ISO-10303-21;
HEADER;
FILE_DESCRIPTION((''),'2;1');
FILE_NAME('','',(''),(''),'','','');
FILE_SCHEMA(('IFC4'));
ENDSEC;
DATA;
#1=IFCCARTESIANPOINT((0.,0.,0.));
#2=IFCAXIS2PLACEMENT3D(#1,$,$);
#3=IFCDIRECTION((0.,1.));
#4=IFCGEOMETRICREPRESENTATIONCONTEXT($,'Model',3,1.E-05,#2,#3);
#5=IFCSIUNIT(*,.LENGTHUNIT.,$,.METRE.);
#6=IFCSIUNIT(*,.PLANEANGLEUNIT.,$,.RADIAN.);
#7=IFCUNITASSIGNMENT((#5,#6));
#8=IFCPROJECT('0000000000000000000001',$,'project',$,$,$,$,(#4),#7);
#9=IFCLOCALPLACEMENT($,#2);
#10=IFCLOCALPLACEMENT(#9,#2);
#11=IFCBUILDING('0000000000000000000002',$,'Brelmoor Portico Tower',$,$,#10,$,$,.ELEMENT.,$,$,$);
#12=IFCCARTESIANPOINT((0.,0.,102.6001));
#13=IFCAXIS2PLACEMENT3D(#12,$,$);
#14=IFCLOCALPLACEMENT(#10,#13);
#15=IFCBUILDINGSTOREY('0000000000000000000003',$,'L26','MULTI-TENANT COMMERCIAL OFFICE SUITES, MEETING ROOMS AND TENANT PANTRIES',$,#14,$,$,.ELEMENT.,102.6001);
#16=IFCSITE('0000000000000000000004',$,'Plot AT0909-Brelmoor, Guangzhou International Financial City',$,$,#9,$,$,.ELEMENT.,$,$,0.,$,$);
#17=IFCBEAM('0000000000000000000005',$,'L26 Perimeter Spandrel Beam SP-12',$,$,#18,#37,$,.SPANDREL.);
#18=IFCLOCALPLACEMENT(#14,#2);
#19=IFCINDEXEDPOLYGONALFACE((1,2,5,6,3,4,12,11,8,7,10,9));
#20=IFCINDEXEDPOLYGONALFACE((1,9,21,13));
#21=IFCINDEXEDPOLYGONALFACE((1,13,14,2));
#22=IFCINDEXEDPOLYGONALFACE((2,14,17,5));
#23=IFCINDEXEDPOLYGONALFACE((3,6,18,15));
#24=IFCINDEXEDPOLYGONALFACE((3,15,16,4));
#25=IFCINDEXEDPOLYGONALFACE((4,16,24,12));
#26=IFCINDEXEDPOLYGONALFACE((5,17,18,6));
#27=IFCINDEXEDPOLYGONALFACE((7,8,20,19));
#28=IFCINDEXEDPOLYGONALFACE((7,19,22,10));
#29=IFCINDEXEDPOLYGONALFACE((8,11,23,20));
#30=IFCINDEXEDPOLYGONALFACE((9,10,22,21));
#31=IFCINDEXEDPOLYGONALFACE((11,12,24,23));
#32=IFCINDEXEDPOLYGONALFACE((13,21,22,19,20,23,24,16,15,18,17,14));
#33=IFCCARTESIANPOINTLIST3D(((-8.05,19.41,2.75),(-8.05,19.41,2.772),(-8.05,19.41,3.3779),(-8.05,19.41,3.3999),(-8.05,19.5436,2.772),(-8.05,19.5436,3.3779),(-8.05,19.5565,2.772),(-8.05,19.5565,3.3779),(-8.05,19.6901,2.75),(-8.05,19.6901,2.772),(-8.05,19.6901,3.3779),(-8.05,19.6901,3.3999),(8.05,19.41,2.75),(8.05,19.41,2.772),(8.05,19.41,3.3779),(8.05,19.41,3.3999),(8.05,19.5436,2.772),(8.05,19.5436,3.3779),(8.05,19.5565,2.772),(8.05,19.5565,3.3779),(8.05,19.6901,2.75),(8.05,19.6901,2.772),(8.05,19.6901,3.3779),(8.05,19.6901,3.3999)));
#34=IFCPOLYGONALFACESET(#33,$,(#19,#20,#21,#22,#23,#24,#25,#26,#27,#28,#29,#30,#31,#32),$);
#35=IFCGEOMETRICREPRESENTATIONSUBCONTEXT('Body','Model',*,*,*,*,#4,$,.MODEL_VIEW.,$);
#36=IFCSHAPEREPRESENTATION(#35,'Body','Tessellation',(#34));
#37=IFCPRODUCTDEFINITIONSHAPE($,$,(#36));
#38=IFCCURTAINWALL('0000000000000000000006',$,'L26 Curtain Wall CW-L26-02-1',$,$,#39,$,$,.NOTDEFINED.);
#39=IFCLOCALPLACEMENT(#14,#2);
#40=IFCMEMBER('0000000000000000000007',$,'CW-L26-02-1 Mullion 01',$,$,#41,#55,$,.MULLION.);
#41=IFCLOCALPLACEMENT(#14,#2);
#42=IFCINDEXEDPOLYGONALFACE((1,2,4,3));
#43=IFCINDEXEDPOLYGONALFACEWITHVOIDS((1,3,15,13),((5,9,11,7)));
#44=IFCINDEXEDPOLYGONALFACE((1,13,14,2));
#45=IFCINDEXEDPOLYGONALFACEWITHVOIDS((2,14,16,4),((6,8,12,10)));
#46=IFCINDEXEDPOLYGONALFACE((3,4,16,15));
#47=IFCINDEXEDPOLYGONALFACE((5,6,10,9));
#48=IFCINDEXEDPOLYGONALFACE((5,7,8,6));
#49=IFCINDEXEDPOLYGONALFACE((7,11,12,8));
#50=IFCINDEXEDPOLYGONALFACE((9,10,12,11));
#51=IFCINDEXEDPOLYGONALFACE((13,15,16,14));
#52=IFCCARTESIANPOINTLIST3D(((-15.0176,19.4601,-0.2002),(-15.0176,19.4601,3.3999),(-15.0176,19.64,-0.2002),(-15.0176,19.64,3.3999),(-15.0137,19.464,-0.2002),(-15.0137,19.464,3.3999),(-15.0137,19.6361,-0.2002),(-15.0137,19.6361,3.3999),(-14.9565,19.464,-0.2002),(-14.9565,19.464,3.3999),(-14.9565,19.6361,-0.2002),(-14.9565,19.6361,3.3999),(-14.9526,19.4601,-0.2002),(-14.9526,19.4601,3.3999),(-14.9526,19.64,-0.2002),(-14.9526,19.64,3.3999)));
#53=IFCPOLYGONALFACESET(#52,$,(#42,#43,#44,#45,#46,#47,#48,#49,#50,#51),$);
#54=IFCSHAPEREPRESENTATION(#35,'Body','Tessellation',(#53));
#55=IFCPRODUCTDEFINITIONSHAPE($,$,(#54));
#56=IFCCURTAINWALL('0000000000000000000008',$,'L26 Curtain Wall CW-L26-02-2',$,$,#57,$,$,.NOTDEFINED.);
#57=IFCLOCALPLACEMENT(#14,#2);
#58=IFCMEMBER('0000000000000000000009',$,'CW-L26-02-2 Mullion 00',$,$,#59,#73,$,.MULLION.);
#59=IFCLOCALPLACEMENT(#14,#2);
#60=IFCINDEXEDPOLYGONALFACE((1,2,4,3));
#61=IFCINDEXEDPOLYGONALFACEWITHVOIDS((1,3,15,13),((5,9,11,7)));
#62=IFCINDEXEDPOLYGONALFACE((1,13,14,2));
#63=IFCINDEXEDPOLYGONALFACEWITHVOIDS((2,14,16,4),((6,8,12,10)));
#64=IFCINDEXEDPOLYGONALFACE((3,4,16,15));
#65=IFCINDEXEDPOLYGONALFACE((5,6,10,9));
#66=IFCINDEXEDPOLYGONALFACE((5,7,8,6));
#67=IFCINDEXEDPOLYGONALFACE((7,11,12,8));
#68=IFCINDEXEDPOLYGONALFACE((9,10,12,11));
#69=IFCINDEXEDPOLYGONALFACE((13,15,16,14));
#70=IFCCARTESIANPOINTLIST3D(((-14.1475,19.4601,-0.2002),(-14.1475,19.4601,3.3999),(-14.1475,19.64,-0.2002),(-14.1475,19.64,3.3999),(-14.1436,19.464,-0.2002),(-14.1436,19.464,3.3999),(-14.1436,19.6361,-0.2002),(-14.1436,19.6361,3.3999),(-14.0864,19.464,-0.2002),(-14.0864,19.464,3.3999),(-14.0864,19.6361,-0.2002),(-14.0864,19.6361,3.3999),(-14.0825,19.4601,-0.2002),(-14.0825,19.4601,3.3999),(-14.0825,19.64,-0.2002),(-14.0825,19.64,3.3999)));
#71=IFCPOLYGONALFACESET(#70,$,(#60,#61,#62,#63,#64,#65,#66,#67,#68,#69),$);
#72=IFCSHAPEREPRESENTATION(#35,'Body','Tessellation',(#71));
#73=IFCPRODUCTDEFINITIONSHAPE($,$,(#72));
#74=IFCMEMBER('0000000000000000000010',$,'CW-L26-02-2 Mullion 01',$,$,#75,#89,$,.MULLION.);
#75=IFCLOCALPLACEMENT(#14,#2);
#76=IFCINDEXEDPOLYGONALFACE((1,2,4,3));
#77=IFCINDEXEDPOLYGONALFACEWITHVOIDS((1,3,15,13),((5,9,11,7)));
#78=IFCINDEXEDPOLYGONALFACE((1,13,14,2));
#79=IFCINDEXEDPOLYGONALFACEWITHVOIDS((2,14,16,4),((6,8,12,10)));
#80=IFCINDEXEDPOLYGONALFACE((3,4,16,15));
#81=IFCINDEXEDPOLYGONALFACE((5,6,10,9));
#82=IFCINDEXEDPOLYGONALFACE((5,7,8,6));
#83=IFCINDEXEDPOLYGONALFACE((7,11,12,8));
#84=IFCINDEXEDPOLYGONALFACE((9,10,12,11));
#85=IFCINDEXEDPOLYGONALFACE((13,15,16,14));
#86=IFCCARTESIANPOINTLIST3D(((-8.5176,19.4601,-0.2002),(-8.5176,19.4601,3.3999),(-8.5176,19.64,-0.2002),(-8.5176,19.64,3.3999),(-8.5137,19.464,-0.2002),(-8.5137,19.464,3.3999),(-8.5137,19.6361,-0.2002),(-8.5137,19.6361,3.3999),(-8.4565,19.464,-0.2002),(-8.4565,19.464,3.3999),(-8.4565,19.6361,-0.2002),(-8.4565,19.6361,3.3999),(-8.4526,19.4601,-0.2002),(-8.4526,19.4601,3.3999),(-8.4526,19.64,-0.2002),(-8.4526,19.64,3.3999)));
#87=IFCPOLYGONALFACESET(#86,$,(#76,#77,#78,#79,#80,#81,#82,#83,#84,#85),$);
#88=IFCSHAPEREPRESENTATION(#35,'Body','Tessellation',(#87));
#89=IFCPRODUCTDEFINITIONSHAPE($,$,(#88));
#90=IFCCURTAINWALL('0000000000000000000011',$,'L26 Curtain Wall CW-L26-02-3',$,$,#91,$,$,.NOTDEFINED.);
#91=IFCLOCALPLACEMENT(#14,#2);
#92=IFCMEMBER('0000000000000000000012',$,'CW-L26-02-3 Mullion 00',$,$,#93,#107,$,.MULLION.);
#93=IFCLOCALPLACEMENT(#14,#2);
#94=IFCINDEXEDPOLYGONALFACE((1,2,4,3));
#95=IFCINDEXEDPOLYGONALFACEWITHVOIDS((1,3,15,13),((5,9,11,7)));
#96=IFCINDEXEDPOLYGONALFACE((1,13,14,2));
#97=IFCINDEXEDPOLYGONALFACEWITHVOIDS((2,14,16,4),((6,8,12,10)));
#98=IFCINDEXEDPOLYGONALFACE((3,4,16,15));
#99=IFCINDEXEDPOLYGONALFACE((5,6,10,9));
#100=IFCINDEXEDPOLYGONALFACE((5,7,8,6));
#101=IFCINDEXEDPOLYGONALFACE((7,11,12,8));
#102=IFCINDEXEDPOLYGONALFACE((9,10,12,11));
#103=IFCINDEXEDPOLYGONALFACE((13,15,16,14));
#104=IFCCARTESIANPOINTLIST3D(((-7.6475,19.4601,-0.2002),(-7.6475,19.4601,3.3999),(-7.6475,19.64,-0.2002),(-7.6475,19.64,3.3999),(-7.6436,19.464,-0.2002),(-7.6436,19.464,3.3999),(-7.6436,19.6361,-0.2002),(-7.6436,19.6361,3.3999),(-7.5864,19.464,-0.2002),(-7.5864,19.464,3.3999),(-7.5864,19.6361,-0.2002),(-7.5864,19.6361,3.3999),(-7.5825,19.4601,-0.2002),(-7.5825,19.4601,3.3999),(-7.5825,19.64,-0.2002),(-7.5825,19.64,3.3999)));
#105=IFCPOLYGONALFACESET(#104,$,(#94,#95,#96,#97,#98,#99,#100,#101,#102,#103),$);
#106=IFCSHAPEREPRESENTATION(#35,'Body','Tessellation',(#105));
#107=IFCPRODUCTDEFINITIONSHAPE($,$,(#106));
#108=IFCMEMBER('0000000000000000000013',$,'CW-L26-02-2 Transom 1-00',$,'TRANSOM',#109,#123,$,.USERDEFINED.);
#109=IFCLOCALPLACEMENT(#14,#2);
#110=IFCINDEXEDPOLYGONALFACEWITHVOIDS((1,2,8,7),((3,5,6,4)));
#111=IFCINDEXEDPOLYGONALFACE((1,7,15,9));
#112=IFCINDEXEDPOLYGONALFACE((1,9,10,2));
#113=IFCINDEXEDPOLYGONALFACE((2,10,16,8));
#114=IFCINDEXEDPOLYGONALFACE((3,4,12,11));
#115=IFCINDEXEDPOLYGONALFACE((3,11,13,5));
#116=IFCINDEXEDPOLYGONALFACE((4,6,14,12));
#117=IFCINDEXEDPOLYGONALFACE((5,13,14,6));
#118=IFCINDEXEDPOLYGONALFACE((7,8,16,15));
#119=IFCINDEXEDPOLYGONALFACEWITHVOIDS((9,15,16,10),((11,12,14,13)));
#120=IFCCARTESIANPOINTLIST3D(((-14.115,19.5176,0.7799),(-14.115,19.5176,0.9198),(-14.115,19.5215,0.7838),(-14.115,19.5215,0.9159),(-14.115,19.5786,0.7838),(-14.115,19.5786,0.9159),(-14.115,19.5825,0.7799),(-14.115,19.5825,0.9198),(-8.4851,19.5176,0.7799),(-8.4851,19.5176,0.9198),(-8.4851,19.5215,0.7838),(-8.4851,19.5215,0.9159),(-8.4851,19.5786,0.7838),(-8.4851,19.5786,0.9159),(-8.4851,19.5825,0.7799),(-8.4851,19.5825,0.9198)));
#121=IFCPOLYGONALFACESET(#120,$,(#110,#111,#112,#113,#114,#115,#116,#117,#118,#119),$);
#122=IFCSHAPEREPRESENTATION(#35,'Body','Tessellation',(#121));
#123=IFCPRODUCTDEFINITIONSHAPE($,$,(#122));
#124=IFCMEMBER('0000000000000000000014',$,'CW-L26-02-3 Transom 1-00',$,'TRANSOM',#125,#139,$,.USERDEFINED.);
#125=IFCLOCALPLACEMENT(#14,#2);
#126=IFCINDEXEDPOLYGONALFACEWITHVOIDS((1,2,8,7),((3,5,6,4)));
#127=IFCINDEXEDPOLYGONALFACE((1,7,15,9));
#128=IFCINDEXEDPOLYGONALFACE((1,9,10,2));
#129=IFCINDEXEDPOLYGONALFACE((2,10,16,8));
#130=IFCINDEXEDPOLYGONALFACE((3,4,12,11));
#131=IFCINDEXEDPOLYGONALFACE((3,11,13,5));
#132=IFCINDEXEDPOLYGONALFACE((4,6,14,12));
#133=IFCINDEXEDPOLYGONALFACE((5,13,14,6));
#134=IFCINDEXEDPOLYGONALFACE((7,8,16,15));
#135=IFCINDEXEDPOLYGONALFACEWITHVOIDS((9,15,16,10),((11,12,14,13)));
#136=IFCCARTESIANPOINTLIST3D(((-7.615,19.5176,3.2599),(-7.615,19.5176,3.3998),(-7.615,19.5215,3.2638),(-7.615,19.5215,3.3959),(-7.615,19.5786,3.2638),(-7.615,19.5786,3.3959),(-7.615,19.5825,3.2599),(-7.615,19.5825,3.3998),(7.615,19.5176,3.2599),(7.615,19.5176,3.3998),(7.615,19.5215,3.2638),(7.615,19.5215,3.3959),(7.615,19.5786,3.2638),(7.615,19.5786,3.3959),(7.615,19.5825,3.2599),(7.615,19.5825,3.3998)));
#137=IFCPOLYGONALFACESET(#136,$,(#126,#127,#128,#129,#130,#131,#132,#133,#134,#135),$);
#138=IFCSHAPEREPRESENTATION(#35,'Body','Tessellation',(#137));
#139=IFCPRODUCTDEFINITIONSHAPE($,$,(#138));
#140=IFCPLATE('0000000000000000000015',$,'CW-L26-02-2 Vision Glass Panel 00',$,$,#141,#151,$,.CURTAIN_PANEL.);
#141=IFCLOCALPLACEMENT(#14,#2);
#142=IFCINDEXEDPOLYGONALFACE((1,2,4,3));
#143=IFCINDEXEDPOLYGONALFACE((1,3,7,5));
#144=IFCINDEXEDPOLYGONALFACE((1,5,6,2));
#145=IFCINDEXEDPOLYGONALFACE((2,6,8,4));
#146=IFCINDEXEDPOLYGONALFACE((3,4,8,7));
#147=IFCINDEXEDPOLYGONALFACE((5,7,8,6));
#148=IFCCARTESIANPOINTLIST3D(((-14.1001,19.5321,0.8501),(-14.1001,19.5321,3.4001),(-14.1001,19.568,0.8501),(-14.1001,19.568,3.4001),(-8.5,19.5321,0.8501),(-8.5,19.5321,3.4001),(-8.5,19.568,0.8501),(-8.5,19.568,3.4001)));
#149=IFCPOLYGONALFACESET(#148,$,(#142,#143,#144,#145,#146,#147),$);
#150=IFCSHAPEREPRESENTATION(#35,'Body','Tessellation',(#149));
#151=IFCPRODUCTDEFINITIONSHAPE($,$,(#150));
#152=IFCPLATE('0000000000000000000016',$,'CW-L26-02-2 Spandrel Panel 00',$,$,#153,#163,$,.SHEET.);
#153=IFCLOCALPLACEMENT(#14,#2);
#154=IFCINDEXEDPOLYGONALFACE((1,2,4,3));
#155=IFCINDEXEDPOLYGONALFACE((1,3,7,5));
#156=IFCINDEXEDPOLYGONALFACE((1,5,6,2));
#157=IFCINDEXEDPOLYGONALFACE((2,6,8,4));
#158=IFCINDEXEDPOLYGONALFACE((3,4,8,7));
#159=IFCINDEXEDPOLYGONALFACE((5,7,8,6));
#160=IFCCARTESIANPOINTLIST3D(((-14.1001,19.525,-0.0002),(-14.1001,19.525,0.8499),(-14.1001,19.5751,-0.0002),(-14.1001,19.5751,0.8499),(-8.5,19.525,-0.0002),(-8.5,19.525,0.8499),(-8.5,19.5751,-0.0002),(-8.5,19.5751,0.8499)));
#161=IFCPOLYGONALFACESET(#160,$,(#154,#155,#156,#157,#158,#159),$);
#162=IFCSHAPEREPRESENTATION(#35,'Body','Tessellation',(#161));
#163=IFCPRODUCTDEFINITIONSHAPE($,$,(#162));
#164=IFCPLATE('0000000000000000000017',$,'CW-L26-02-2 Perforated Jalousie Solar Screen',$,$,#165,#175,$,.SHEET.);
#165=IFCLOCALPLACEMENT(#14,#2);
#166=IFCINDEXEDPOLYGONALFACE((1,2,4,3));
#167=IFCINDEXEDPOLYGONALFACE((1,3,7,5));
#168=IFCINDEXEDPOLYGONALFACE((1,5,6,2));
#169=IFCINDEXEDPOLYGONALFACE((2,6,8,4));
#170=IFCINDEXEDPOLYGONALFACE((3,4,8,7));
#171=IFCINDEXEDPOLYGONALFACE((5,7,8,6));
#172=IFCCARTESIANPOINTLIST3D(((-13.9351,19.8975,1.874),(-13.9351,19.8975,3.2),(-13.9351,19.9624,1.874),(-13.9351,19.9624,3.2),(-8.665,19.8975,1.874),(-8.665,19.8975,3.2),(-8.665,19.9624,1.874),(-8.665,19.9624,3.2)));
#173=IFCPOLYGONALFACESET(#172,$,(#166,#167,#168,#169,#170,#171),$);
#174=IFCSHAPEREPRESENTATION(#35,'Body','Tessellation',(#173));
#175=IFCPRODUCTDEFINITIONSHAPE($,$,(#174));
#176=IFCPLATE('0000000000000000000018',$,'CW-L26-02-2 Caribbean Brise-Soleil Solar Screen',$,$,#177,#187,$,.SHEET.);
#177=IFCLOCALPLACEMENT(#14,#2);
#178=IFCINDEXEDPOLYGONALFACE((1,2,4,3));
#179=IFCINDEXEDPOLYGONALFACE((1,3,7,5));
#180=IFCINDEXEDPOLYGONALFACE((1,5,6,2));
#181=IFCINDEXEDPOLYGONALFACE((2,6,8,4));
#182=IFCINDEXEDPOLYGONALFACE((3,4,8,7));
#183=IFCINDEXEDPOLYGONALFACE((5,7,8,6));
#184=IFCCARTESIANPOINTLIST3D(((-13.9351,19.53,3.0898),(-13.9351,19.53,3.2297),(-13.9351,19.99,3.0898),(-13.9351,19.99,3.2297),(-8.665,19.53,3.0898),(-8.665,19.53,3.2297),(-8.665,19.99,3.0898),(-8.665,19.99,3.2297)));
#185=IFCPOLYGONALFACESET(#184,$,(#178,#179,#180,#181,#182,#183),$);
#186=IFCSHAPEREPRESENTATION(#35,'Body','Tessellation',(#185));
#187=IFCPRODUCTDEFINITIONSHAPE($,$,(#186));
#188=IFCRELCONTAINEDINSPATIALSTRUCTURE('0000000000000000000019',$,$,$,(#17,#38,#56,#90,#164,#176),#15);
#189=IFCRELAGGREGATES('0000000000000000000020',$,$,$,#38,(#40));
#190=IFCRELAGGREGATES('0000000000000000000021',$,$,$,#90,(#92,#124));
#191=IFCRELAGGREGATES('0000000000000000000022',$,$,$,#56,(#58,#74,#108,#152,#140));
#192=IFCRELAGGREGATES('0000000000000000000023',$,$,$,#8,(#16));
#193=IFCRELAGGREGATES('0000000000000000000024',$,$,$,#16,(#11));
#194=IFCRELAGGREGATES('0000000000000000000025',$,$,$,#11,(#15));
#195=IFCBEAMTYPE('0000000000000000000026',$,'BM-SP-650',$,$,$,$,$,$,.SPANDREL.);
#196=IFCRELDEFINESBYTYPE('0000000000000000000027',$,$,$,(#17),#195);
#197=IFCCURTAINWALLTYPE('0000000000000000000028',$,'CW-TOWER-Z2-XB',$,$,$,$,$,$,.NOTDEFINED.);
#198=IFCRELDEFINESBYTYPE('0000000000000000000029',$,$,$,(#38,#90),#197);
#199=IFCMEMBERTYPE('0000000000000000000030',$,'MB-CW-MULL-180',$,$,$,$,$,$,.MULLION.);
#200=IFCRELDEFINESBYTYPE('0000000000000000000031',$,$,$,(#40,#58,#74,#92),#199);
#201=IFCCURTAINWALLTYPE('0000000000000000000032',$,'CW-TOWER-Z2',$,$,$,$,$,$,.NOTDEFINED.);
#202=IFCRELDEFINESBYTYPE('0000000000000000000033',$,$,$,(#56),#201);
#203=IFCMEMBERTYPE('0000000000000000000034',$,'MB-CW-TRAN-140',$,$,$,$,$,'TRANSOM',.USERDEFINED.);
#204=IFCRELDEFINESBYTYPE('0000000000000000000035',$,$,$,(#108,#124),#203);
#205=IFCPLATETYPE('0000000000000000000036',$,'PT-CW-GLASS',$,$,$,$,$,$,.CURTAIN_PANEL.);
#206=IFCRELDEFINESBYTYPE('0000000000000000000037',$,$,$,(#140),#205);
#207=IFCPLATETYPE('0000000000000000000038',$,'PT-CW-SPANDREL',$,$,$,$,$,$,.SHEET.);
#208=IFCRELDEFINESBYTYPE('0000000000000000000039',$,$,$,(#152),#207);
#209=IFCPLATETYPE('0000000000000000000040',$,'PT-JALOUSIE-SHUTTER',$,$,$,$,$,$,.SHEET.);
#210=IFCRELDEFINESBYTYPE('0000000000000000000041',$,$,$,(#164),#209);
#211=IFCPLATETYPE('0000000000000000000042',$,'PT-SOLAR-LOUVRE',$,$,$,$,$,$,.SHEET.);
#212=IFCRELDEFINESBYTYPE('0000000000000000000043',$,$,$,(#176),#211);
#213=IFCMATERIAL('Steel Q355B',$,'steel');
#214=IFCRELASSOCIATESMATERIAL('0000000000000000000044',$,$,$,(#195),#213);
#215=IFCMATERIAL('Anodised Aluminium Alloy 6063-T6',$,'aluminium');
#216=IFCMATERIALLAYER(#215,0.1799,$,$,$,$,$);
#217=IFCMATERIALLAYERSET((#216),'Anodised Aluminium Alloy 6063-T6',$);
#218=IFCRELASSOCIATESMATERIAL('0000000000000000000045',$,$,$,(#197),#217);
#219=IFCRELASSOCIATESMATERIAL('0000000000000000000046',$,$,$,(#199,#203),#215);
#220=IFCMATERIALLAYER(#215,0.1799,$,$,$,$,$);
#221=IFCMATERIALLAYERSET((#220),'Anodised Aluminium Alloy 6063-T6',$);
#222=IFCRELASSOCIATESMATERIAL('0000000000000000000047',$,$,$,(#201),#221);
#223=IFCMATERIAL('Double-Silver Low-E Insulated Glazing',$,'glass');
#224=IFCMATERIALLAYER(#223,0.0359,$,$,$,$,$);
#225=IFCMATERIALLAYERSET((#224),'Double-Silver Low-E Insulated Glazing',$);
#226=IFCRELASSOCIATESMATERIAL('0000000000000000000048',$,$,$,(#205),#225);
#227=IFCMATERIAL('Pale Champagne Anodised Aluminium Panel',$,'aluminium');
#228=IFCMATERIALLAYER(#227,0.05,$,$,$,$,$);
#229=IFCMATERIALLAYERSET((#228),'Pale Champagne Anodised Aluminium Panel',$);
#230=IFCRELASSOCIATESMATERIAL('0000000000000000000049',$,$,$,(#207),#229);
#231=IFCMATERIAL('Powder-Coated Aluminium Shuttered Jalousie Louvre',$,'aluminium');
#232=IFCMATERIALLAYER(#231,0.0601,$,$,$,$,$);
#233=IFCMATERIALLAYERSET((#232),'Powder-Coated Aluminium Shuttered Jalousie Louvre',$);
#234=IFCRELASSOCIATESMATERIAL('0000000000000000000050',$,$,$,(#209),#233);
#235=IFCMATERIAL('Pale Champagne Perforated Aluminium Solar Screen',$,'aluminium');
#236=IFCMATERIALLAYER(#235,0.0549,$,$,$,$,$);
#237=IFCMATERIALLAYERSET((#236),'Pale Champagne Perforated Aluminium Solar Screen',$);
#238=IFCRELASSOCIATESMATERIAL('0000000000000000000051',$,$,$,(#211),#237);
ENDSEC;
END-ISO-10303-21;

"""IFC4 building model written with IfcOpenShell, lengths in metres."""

from ifc_helpers import new_model, si_unit, direction, frame, origin, origin_2d, place, context, subcontext, project, spatial, rectangle, hollow_rectangle, i_section, extrude, material, layer, layer_set, material_profile, profile_set, type_object, element, aggregate, save


model = new_model("IFC4")

# Units and contexts
model_context = context("Model", 3, precision=1e-05, world=origin(), true_north=direction((0.0, 1.0)))
body_context = subcontext(model_context, "Body", "Model", "MODEL_VIEW")
ifc_project = project(units=[si_unit("LENGTHUNIT", "METRE"), si_unit("PLANEANGLEUNIT", "RADIAN")], contexts=[model_context])

# Site, building, storey
site_placement = place(None, origin())
site = spatial("IfcSite", under=ifc_project, at=site_placement, Name="Plot AT0909-Brelmoor, Guangzhou International Financial City", CompositionType="ELEMENT", RefElevation=0.0)
building_placement = place(site_placement, origin())
building = spatial("IfcBuilding", under=site, at=building_placement, Name="Brelmoor Portico Tower", CompositionType="ELEMENT")
storey_placement = place(building_placement, frame((0.0, 0.0, 102.6001)))
storey = spatial("IfcBuildingStorey", under=building, at=storey_placement, Name="L26", Description="MULTI-TENANT COMMERCIAL OFFICE SUITES, MEETING ROOMS AND TENANT PANTRIES", CompositionType="ELEMENT", Elevation=102.6001)

# Shared definitions
ifc_material_1 = material(Name="Steel Q355B", Category="steel")

# Beam
ifc_material_profile_1 = material_profile(ifc_material_1, i_section(OverallWidth=0.28, OverallDepth=0.6499, WebThickness=0.0129, FlangeThickness=0.022, at=origin_2d()), Name="HN 650x280x13x22")
ifc_profile_set_1 = profile_set([ifc_material_profile_1], Name="Steel Q355B")
beam_type_1 = type_object("IfcBeamType", Name="BM-SP-650", PredefinedType="SPANDREL", material=ifc_profile_set_1)
beam_1_placement = place(storey_placement, frame((-8.05, 19.55, 3.075), z_axis=(1.0, 0.0, 0.0), x_axis=(0.0, 1.0, 0.0)))
element("IfcBeam", 1, at=beam_1_placement, inside=storey, type_object=beam_type_1, Name="L26 Perimeter Spandrel Beam SP-12", PredefinedType="SPANDREL", context=body_context, shape_type="SweptSolid", body=[
    extrude(i_section(OverallWidth=0.28, OverallDepth=0.6499, WebThickness=0.0129, FlangeThickness=0.022, at=origin_2d()), origin(), (0.0, 0.0, 1.0), 16.1001),
])

# Curtain wall, member
ifc_material_2 = material(Name="Anodised Aluminium Alloy 6063-T6", Category="aluminium")
ifc_layer_1 = layer(ifc_material_2, 0.1799)
ifc_layer_set_1 = layer_set([ifc_layer_1], Name="Anodised Aluminium Alloy 6063-T6")
curtain_wall_type_1 = type_object("IfcCurtainWallType", Name="CW-TOWER-Z2-XB", PredefinedType="NOTDEFINED", material=ifc_layer_set_1)
curtain_wall_1_placement = place(storey_placement, origin())
curtain_wall_1 = element("IfcCurtainWall", 2, at=curtain_wall_1_placement, inside=storey, type_object=curtain_wall_type_1, Name="L26 Curtain Wall CW-L26-02-1", PredefinedType="NOTDEFINED")
ifc_material_profile_2 = material_profile(ifc_material_2, hollow_rectangle(XDim=0.0649, YDim=0.1799, WallThickness=0.0039, at=origin_2d()), Name="ALU MULLION 65x180")
ifc_profile_set_2 = profile_set([ifc_material_profile_2], Name="Anodised Aluminium Alloy 6063-T6")
member_type_1 = type_object("IfcMemberType", Name="MB-CW-MULL-180", PredefinedType="MULLION", material=ifc_profile_set_2)
member_1_placement = place(storey_placement, frame((-14.9851, 19.55, -0.2002), z_axis=(0.0, 0.0, 1.0), x_axis=(1.0, 0.0, 0.0)))
member_1 = element("IfcMember", 3, at=member_1_placement, type_object=member_type_1, Name="CW-L26-02-1 Mullion 01", PredefinedType="MULLION", context=body_context, shape_type="SweptSolid", body=[
    extrude(hollow_rectangle(XDim=0.0649, YDim=0.1799, WallThickness=0.0039, at=origin_2d()), origin(), (0.0, 0.0, 1.0), 3.6001),
])
aggregate(curtain_wall_1, [member_1])

# Curtain wall, members
ifc_layer_2 = layer(ifc_material_2, 0.1799)
ifc_layer_set_2 = layer_set([ifc_layer_2], Name="Anodised Aluminium Alloy 6063-T6")
curtain_wall_type_2 = type_object("IfcCurtainWallType", Name="CW-TOWER-Z2", PredefinedType="NOTDEFINED", material=ifc_layer_set_2)
curtain_wall_2_placement = place(storey_placement, origin())
curtain_wall_2 = element("IfcCurtainWall", 4, at=curtain_wall_2_placement, inside=storey, type_object=curtain_wall_type_2, Name="L26 Curtain Wall CW-L26-02-2", PredefinedType="NOTDEFINED")
member_2_placement = place(storey_placement, frame((-14.115, 19.55, -0.2002), z_axis=(0.0, 0.0, 1.0), x_axis=(1.0, 0.0, 0.0)))
member_2 = element("IfcMember", 5, at=member_2_placement, type_object=member_type_1, Name="CW-L26-02-2 Mullion 00", PredefinedType="MULLION", context=body_context, shape_type="SweptSolid", body=[
    extrude(hollow_rectangle(XDim=0.0649, YDim=0.1799, WallThickness=0.0039, at=origin_2d()), origin(), (0.0, 0.0, 1.0), 3.6001),
])
member_3_placement = place(storey_placement, frame((-8.4851, 19.55, -0.2002), z_axis=(0.0, 0.0, 1.0), x_axis=(1.0, 0.0, 0.0)))
member_3 = element("IfcMember", 6, at=member_3_placement, type_object=member_type_1, Name="CW-L26-02-2 Mullion 01", PredefinedType="MULLION", context=body_context, shape_type="SweptSolid", body=[
    extrude(hollow_rectangle(XDim=0.0649, YDim=0.1799, WallThickness=0.0039, at=origin_2d()), origin(), (0.0, 0.0, 1.0), 3.6001),
])

# Curtain wall, member
curtain_wall_3_placement = place(storey_placement, origin())
curtain_wall_3 = element("IfcCurtainWall", 7, at=curtain_wall_3_placement, inside=storey, type_object=curtain_wall_type_1, Name="L26 Curtain Wall CW-L26-02-3", PredefinedType="NOTDEFINED")
member_4_placement = place(storey_placement, frame((-7.615, 19.55, -0.2002), z_axis=(0.0, 0.0, 1.0), x_axis=(1.0, 0.0, 0.0)))
member_4 = element("IfcMember", 8, at=member_4_placement, type_object=member_type_1, Name="CW-L26-02-3 Mullion 00", PredefinedType="MULLION", context=body_context, shape_type="SweptSolid", body=[
    extrude(hollow_rectangle(XDim=0.0649, YDim=0.1799, WallThickness=0.0039, at=origin_2d()), origin(), (0.0, 0.0, 1.0), 3.6001),
])

# Members
ifc_material_profile_3 = material_profile(ifc_material_2, hollow_rectangle(XDim=0.0649, YDim=0.1399, WallThickness=0.0039, at=origin_2d()), Name="ALU TRANSOM 65x140")
ifc_profile_set_3 = profile_set([ifc_material_profile_3], Name="Anodised Aluminium Alloy 6063-T6")
member_type_2 = type_object("IfcMemberType", Name="MB-CW-TRAN-140", ElementType="TRANSOM", PredefinedType="USERDEFINED", material=ifc_profile_set_3)
member_5_placement = place(storey_placement, frame((-14.115, 19.55, 0.8499), z_axis=(1.0, 0.0, 0.0), x_axis=(0.0, 1.0, 0.0)))
member_5 = element("IfcMember", 9, at=member_5_placement, type_object=member_type_2, Name="CW-L26-02-2 Transom 1-00", ObjectType="TRANSOM", PredefinedType="USERDEFINED", context=body_context, shape_type="SweptSolid", body=[
    extrude(hollow_rectangle(XDim=0.0649, YDim=0.1399, WallThickness=0.0039, at=origin_2d()), origin(), (0.0, 0.0, 1.0), 5.6299),
])
member_6_placement = place(storey_placement, frame((-7.615, 19.55, 3.3298), z_axis=(1.0, 0.0, 0.0), x_axis=(0.0, 1.0, 0.0)))
member_6 = element("IfcMember", 10, at=member_6_placement, type_object=member_type_2, Name="CW-L26-02-3 Transom 1-00", ObjectType="TRANSOM", PredefinedType="USERDEFINED", context=body_context, shape_type="SweptSolid", body=[
    extrude(hollow_rectangle(XDim=0.0649, YDim=0.1399, WallThickness=0.0039, at=origin_2d()), origin(), (0.0, 0.0, 1.0), 15.23),
])
aggregate(curtain_wall_3, [member_4, member_6])

# Plates
ifc_material_3 = material(Name="Double-Silver Low-E Insulated Glazing", Category="glass")
ifc_layer_3 = layer(ifc_material_3, 0.0359)
ifc_layer_set_3 = layer_set([ifc_layer_3], Name="Double-Silver Low-E Insulated Glazing")
plate_type_1 = type_object("IfcPlateType", Name="PT-CW-GLASS", PredefinedType="CURTAIN_PANEL", material=ifc_layer_set_3)
plate_1_placement = place(storey_placement, frame((-11.3, 19.55, 0.8501), z_axis=(0.0, 0.0, 1.0), x_axis=(1.0, 0.0, 0.0)))
plate_1 = element("IfcPlate", 11, at=plate_1_placement, type_object=plate_type_1, Name="CW-L26-02-2 Vision Glass Panel 00", PredefinedType="CURTAIN_PANEL", context=body_context, shape_type="SweptSolid", body=[
    extrude(rectangle(XDim=5.6001, YDim=0.0359, at=origin_2d()), origin(), (0.0, 0.0, 1.0), 2.55),
])
ifc_material_4 = material(Name="Pale Champagne Anodised Aluminium Panel", Category="aluminium")
ifc_layer_4 = layer(ifc_material_4, 0.05)
ifc_layer_set_4 = layer_set([ifc_layer_4], Name="Pale Champagne Anodised Aluminium Panel")
plate_type_2 = type_object("IfcPlateType", Name="PT-CW-SPANDREL", PredefinedType="SHEET", material=ifc_layer_set_4)
plate_2_placement = place(storey_placement, frame((-11.3, 19.55, -0.0002), z_axis=(0.0, 0.0, 1.0), x_axis=(1.0, 0.0, 0.0)))
plate_2 = element("IfcPlate", 12, at=plate_2_placement, type_object=plate_type_2, Name="CW-L26-02-2 Spandrel Panel 00", PredefinedType="SHEET", context=body_context, shape_type="SweptSolid", body=[
    extrude(rectangle(XDim=5.6001, YDim=0.05, at=origin_2d()), origin(), (0.0, 0.0, 1.0), 0.8501),
])
aggregate(curtain_wall_2, [member_2, member_3, member_5, plate_2, plate_1])

# Plates
ifc_material_5 = material(Name="Powder-Coated Aluminium Shuttered Jalousie Louvre", Category="aluminium")
ifc_layer_5 = layer(ifc_material_5, 0.0601)
ifc_layer_set_5 = layer_set([ifc_layer_5], Name="Powder-Coated Aluminium Shuttered Jalousie Louvre")
plate_type_3 = type_object("IfcPlateType", Name="PT-JALOUSIE-SHUTTER", PredefinedType="SHEET", material=ifc_layer_set_5)
plate_3_placement = place(storey_placement, frame((-11.3, 19.9299, 1.874), z_axis=(0.0, 0.0, 1.0), x_axis=(1.0, 0.0, 0.0)))
element("IfcPlate", 13, at=plate_3_placement, inside=storey, type_object=plate_type_3, Name="CW-L26-02-2 Perforated Jalousie Solar Screen", PredefinedType="SHEET", context=body_context, shape_type="SweptSolid", body=[
    extrude(rectangle(XDim=5.27, YDim=0.0649, at=origin_2d()), origin(), (0.0, 0.0, 1.0), 1.3259),
])
ifc_material_6 = material(Name="Pale Champagne Perforated Aluminium Solar Screen", Category="aluminium")
ifc_layer_6 = layer(ifc_material_6, 0.0549)
ifc_layer_set_6 = layer_set([ifc_layer_6], Name="Pale Champagne Perforated Aluminium Solar Screen")
plate_type_4 = type_object("IfcPlateType", Name="PT-SOLAR-LOUVRE", PredefinedType="SHEET", material=ifc_layer_set_6)
plate_4_placement = place(storey_placement, frame((-11.3, 19.76, 3.0898), z_axis=(0.0, 0.0, 1.0), x_axis=(1.0, 0.0, 0.0)))
element("IfcPlate", 14, at=plate_4_placement, inside=storey, type_object=plate_type_4, Name="CW-L26-02-2 Caribbean Brise-Soleil Solar Screen", PredefinedType="SHEET", context=body_context, shape_type="SweptSolid", body=[
    extrude(rectangle(XDim=5.27, YDim=0.46, at=origin_2d()), origin(), (0.0, 0.0, 1.0), 0.1399),
])

save(model, "model.ifc")
